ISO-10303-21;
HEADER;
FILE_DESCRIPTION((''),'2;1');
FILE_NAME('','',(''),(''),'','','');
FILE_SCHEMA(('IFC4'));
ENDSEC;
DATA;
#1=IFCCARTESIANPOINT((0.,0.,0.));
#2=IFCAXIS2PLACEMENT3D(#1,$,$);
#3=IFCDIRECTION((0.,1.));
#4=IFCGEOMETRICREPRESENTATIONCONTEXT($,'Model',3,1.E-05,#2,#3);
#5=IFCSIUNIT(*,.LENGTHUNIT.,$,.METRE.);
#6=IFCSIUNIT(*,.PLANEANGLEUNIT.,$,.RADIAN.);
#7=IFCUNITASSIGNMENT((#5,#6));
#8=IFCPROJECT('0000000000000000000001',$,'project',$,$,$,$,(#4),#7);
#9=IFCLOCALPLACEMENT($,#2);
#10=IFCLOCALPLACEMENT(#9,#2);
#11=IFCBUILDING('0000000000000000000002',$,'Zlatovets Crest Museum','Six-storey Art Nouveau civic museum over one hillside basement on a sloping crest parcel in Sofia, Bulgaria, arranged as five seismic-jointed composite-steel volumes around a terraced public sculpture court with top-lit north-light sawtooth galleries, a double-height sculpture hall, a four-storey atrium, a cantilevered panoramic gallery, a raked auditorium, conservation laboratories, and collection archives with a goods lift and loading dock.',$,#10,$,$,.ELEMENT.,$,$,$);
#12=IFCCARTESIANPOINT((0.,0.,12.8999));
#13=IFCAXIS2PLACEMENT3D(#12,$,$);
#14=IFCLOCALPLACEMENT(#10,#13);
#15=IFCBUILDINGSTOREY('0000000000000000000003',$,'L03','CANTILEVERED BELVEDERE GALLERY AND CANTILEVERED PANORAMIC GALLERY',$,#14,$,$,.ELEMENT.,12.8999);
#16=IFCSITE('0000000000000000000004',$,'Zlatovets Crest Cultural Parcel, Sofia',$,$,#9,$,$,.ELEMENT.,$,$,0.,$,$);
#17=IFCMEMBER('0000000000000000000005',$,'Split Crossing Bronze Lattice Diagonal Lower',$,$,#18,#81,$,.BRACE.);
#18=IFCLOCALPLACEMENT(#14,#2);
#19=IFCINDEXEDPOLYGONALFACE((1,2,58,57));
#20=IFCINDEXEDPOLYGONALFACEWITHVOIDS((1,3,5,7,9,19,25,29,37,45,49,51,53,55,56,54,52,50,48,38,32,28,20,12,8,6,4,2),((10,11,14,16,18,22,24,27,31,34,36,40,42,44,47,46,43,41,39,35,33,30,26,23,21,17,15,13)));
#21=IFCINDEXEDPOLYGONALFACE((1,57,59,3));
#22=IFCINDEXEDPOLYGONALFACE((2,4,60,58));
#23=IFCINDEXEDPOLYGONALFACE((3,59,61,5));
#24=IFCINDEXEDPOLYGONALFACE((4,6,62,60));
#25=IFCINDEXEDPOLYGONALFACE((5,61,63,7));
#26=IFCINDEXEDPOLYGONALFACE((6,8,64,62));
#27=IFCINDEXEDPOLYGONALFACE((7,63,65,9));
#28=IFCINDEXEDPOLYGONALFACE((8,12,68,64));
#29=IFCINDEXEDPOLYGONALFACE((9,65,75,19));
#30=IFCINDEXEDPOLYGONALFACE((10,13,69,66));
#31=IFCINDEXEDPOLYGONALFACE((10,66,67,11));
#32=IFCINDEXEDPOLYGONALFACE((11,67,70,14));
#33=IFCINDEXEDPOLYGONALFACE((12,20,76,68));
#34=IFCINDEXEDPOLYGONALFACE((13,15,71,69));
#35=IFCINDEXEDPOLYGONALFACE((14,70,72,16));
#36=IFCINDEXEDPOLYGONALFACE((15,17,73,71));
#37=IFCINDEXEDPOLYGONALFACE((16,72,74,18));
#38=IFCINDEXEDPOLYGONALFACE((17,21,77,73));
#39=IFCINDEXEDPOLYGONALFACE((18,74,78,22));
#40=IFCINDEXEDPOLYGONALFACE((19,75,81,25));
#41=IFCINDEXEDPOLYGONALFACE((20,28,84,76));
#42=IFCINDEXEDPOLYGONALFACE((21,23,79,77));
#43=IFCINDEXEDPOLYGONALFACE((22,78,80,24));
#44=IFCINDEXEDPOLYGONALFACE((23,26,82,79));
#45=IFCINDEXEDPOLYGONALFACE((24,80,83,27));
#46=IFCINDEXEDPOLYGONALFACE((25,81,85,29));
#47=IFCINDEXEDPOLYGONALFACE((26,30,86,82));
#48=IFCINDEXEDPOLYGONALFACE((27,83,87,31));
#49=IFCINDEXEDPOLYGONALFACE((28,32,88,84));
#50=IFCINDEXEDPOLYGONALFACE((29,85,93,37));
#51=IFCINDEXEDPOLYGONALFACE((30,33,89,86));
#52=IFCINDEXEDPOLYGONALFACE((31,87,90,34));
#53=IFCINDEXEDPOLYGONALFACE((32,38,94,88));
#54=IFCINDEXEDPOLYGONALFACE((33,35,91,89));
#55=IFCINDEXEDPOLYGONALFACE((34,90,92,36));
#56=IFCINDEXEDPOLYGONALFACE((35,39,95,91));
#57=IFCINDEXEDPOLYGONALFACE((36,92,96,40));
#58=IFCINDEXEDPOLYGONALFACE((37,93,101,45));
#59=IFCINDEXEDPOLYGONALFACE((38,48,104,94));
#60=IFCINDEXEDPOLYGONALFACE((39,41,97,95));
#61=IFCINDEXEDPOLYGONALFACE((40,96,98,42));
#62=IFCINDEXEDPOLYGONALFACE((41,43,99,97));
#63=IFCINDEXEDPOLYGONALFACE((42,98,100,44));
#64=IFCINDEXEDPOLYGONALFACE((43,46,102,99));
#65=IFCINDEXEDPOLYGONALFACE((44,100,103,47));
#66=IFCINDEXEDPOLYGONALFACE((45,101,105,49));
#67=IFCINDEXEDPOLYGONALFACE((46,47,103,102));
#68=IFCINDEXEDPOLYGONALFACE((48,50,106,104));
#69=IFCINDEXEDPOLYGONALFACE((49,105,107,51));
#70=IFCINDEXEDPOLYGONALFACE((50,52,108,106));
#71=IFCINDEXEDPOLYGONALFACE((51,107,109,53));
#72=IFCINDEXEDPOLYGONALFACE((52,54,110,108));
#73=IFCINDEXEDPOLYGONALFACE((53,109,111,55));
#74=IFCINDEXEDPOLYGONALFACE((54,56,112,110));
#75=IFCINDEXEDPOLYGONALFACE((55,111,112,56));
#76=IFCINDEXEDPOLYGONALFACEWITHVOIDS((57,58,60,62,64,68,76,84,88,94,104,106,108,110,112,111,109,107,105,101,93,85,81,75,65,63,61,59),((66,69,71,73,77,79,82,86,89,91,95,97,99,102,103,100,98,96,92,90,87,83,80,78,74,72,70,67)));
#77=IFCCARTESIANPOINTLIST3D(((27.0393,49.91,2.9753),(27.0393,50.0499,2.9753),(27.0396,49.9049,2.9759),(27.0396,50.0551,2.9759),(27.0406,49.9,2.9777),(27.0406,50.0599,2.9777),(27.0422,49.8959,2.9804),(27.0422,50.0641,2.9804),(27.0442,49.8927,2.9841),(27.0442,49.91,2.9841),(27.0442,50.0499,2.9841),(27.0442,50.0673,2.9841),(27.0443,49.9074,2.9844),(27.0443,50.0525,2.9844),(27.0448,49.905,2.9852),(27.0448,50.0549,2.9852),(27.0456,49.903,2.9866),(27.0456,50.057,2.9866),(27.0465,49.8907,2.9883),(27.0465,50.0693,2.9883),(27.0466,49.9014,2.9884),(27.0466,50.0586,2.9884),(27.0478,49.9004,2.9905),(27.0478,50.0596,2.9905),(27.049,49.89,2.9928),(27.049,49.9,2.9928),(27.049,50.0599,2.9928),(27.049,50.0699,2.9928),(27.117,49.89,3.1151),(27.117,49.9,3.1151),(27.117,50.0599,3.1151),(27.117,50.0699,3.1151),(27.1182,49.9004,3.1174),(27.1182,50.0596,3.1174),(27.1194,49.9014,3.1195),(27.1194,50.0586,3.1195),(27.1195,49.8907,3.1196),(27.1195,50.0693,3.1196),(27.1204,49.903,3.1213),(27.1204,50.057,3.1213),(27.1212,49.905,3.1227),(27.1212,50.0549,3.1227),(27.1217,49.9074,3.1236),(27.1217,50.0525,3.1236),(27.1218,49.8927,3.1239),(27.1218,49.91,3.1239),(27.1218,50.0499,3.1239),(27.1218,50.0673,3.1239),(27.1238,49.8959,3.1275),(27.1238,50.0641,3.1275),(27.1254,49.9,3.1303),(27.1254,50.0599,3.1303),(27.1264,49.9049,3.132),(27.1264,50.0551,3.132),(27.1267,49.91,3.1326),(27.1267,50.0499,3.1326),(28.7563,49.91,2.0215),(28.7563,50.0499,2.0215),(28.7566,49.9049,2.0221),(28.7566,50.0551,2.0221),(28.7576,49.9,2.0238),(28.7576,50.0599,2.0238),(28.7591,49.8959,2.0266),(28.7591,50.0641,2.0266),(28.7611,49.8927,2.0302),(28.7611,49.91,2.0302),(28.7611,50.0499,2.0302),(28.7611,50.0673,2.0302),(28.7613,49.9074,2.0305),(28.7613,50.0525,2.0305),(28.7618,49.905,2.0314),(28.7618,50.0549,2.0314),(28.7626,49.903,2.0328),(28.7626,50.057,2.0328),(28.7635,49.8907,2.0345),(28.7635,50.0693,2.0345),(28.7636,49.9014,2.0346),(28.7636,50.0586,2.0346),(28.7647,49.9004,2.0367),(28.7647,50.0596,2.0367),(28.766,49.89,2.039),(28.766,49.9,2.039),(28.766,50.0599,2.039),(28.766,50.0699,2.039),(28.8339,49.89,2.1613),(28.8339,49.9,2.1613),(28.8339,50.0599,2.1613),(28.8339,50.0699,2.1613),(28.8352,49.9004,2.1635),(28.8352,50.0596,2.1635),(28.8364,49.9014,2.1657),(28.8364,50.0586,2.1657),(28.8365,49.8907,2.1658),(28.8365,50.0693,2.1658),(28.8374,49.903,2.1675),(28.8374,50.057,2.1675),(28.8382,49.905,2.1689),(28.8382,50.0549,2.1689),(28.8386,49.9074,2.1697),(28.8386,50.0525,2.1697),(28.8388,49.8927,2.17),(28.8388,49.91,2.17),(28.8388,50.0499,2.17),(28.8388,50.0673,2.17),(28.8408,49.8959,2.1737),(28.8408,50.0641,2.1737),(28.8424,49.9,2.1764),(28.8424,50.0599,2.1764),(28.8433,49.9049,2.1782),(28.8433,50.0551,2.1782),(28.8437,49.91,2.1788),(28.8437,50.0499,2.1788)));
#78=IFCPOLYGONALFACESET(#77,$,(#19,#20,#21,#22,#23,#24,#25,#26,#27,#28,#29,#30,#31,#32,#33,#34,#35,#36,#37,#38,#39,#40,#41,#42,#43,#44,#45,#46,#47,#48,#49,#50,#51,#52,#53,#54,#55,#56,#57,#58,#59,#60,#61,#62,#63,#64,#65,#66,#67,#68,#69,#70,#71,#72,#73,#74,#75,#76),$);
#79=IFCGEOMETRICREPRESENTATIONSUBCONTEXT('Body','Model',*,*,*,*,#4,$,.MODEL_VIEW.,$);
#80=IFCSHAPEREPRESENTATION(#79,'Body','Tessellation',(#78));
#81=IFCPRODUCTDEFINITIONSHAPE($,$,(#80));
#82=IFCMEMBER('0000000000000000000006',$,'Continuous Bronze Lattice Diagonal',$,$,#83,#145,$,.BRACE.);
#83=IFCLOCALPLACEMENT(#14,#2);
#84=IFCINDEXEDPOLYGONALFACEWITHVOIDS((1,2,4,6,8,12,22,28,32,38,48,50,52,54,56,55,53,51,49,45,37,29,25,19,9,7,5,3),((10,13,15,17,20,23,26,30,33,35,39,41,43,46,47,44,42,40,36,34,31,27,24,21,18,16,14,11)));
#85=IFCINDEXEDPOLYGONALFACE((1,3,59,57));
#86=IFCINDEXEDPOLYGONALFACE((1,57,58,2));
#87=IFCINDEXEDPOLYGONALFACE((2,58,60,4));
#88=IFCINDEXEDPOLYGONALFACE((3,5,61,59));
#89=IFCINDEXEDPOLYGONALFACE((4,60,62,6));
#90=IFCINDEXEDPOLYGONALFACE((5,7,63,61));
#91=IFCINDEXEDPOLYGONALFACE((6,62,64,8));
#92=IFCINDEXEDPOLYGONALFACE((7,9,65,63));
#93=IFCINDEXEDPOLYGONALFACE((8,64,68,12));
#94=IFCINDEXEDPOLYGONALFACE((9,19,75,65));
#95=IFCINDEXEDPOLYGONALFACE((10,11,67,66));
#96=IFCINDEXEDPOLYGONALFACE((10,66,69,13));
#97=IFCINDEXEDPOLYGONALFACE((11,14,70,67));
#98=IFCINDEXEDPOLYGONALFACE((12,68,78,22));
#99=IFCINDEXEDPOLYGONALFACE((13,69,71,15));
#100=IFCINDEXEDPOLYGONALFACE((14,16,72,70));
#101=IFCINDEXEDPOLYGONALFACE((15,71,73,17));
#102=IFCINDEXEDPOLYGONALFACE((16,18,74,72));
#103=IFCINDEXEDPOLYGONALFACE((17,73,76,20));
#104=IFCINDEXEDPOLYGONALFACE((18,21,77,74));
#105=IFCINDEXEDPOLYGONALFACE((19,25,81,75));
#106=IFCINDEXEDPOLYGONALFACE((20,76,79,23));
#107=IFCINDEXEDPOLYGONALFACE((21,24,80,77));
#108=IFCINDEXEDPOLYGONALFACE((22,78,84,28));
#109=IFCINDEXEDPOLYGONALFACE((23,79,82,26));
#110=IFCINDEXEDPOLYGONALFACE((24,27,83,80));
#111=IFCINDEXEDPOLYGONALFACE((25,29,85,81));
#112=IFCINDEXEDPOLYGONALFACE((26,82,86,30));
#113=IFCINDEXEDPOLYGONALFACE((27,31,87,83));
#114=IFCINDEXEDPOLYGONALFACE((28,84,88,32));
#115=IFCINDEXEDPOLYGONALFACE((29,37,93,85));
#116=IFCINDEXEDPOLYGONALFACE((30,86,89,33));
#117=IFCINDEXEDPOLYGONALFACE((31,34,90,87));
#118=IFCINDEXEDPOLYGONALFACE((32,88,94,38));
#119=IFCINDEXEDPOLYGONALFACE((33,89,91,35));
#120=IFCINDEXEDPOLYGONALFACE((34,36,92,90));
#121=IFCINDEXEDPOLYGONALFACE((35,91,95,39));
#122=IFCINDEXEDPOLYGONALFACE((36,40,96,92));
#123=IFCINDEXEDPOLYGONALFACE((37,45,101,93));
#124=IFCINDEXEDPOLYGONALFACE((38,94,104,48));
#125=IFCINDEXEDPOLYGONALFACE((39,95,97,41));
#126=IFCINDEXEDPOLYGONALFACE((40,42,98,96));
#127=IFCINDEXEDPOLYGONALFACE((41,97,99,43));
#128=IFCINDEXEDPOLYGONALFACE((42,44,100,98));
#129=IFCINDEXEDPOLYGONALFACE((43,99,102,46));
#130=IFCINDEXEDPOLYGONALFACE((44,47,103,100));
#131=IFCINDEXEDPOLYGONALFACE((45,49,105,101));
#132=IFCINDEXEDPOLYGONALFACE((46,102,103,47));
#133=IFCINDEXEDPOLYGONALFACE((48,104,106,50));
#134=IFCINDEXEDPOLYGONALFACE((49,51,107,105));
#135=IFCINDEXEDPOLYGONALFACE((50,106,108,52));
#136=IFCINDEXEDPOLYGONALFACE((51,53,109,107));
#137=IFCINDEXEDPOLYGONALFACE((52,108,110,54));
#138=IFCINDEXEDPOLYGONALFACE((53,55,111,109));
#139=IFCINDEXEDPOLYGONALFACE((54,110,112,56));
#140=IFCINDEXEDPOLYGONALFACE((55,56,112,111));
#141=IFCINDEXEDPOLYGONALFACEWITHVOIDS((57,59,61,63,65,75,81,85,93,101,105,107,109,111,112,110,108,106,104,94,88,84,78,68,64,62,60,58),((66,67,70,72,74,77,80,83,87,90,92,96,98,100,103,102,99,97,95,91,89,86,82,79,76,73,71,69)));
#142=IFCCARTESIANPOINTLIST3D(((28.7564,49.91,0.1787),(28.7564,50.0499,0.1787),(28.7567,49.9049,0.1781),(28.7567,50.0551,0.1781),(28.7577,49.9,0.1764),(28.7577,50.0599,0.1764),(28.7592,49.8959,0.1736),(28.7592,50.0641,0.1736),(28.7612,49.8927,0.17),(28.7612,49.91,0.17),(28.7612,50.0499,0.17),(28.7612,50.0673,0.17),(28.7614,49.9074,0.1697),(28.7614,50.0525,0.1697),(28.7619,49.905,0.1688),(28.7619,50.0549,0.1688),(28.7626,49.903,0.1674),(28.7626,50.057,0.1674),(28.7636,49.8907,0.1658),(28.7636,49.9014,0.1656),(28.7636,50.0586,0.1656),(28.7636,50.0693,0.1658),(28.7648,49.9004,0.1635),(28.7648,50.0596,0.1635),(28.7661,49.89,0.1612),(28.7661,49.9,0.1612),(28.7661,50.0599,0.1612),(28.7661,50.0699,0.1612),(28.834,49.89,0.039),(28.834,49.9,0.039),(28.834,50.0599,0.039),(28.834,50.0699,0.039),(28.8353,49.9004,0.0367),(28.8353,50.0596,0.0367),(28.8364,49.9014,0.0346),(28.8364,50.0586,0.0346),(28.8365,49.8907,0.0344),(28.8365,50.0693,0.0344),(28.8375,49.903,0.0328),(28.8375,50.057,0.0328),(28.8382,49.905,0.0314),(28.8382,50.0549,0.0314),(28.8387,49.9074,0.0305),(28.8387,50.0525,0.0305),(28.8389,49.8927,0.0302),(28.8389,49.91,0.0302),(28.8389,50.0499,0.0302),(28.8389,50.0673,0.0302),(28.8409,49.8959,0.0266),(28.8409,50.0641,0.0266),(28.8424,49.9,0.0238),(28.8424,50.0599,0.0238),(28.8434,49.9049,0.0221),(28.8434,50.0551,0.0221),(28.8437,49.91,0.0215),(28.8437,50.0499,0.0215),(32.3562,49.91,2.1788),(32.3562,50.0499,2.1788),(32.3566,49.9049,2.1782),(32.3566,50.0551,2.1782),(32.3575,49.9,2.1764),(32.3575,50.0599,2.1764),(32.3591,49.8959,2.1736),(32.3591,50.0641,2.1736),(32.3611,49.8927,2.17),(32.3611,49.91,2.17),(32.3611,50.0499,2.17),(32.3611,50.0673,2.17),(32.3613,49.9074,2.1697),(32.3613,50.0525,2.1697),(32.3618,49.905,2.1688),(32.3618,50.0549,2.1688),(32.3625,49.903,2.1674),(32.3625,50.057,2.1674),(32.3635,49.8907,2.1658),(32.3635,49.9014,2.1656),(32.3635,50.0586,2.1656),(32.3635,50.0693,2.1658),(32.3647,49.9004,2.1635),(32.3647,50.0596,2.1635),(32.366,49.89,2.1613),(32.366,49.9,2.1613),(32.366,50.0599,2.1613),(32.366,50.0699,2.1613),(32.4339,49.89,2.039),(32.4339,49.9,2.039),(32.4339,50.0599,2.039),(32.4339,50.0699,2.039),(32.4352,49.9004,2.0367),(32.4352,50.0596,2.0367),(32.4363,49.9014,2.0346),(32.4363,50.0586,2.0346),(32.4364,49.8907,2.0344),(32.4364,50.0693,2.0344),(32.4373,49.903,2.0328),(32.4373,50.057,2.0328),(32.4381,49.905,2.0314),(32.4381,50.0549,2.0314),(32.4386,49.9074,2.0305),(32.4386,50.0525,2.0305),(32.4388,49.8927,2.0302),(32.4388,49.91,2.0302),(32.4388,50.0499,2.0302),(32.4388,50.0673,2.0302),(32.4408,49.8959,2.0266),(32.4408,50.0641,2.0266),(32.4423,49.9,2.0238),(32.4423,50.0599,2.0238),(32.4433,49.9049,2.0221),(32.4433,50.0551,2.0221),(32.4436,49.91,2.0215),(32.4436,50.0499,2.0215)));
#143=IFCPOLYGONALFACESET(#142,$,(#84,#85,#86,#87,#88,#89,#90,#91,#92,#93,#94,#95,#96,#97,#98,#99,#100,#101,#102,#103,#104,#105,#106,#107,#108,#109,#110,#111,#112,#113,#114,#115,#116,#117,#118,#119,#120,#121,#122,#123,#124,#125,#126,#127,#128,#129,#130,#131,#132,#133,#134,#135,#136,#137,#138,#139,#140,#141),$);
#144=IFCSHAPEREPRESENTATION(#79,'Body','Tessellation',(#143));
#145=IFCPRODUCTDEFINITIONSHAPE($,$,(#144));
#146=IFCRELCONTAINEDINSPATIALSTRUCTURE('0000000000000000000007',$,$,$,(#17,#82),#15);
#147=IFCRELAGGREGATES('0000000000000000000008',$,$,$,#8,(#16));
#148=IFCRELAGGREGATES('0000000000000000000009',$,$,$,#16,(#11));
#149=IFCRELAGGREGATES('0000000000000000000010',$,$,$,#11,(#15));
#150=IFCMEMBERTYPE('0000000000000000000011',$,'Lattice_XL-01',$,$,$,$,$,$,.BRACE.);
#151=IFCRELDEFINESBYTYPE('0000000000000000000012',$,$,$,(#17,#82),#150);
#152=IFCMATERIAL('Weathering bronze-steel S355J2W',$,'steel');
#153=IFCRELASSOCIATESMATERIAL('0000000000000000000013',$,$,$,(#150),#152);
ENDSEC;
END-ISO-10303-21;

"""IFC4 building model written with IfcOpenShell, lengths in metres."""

from ifc_helpers import new_model, si_unit, direction, frame, origin, origin_2d, place, context, subcontext, project, spatial, hollow_rectangle, extrude, material, material_profile, profile_set, type_object, element, save


model = new_model("IFC4")

# Units and contexts
model_context = context("Model", 3, precision=1e-05, world=origin(), true_north=direction((0.0, 1.0)))
body_context = subcontext(model_context, "Body", "Model", "MODEL_VIEW")
ifc_project = project(units=[si_unit("LENGTHUNIT", "METRE"), si_unit("PLANEANGLEUNIT", "RADIAN")], contexts=[model_context])

# Site, building, storey
site_placement = place(None, origin())
site = spatial("IfcSite", under=ifc_project, at=site_placement, Name="Zlatovets Crest Cultural Parcel, Sofia", CompositionType="ELEMENT", RefElevation=0.0)
building_placement = place(site_placement, origin())
building = spatial("IfcBuilding", under=site, at=building_placement, Name="Zlatovets Crest Museum", Description="Six-storey Art Nouveau civic museum over one hillside basement on a sloping crest parcel in Sofia, Bulgaria, arranged as five seismic-jointed composite-steel volumes around a terraced public sculpture court with top-lit north-light sawtooth galleries, a double-height sculpture hall, a four-storey atrium, a cantilevered panoramic gallery, a raked auditorium, conservation laboratories, and collection archives with a goods lift and loading dock.", CompositionType="ELEMENT")
storey_placement = place(building_placement, frame((0.0, 0.0, 12.8999)))
storey = spatial("IfcBuildingStorey", under=building, at=storey_placement, Name="L03", Description="CANTILEVERED BELVEDERE GALLERY AND CANTILEVERED PANORAMIC GALLERY", CompositionType="ELEMENT", Elevation=12.8999)

# Members
ifc_material_1 = material(Name="Weathering bronze-steel S355J2W", Category="steel")
ifc_material_profile_1 = material_profile(ifc_material_1, hollow_rectangle(XDim=0.1799, YDim=0.1799, WallThickness=0.01, InnerFilletRadius=0.01, OuterFilletRadius=0.02, at=origin_2d()), Name="SHS 180x180x10.0")
ifc_profile_set_1 = profile_set([ifc_material_profile_1], Name="Weathering bronze-steel S355J2W")
member_type_1 = type_object("IfcMemberType", Name="Lattice_XL-01", PredefinedType="BRACE", material=ifc_profile_set_1)
for number, where, z_axis, x_axis, name in (
    (1, (27.083, 49.98, 3.054), (0.874169, 0.0, -0.485622), (0.0, 1.0, 0.0), "Split Crossing Bronze Lattice Diagonal Lower"),
):
    element("IfcMember", number, at=place(storey_placement, frame(where, z_axis=z_axis, x_axis=x_axis)), inside=storey, type_object=member_type_1, Name=name, PredefinedType="BRACE", context=body_context, shape_type="SweptSolid", body=[
        extrude(hollow_rectangle(XDim=0.1799, YDim=0.1799, WallThickness=0.01, InnerFilletRadius=0.01, OuterFilletRadius=0.02, at=origin_2d()), origin(), (0.0, 0.0, 1.0), 1.9641),
    ])
member_1_placement = place(storey_placement, frame((28.8, 49.98, 0.1001), z_axis=(0.874149, 0.0, 0.485658), x_axis=(0.0, 1.0, 0.0)))
element("IfcMember", 2, at=member_1_placement, inside=storey, type_object=member_type_1, Name="Continuous Bronze Lattice Diagonal", PredefinedType="BRACE", context=body_context, shape_type="SweptSolid", body=[
    extrude(hollow_rectangle(XDim=0.1799, YDim=0.1799, WallThickness=0.01, InnerFilletRadius=0.01, OuterFilletRadius=0.02, at=origin_2d()), origin(), (0.0, 0.0, 1.0), 4.1182),
])

save(model, "model.ifc")
